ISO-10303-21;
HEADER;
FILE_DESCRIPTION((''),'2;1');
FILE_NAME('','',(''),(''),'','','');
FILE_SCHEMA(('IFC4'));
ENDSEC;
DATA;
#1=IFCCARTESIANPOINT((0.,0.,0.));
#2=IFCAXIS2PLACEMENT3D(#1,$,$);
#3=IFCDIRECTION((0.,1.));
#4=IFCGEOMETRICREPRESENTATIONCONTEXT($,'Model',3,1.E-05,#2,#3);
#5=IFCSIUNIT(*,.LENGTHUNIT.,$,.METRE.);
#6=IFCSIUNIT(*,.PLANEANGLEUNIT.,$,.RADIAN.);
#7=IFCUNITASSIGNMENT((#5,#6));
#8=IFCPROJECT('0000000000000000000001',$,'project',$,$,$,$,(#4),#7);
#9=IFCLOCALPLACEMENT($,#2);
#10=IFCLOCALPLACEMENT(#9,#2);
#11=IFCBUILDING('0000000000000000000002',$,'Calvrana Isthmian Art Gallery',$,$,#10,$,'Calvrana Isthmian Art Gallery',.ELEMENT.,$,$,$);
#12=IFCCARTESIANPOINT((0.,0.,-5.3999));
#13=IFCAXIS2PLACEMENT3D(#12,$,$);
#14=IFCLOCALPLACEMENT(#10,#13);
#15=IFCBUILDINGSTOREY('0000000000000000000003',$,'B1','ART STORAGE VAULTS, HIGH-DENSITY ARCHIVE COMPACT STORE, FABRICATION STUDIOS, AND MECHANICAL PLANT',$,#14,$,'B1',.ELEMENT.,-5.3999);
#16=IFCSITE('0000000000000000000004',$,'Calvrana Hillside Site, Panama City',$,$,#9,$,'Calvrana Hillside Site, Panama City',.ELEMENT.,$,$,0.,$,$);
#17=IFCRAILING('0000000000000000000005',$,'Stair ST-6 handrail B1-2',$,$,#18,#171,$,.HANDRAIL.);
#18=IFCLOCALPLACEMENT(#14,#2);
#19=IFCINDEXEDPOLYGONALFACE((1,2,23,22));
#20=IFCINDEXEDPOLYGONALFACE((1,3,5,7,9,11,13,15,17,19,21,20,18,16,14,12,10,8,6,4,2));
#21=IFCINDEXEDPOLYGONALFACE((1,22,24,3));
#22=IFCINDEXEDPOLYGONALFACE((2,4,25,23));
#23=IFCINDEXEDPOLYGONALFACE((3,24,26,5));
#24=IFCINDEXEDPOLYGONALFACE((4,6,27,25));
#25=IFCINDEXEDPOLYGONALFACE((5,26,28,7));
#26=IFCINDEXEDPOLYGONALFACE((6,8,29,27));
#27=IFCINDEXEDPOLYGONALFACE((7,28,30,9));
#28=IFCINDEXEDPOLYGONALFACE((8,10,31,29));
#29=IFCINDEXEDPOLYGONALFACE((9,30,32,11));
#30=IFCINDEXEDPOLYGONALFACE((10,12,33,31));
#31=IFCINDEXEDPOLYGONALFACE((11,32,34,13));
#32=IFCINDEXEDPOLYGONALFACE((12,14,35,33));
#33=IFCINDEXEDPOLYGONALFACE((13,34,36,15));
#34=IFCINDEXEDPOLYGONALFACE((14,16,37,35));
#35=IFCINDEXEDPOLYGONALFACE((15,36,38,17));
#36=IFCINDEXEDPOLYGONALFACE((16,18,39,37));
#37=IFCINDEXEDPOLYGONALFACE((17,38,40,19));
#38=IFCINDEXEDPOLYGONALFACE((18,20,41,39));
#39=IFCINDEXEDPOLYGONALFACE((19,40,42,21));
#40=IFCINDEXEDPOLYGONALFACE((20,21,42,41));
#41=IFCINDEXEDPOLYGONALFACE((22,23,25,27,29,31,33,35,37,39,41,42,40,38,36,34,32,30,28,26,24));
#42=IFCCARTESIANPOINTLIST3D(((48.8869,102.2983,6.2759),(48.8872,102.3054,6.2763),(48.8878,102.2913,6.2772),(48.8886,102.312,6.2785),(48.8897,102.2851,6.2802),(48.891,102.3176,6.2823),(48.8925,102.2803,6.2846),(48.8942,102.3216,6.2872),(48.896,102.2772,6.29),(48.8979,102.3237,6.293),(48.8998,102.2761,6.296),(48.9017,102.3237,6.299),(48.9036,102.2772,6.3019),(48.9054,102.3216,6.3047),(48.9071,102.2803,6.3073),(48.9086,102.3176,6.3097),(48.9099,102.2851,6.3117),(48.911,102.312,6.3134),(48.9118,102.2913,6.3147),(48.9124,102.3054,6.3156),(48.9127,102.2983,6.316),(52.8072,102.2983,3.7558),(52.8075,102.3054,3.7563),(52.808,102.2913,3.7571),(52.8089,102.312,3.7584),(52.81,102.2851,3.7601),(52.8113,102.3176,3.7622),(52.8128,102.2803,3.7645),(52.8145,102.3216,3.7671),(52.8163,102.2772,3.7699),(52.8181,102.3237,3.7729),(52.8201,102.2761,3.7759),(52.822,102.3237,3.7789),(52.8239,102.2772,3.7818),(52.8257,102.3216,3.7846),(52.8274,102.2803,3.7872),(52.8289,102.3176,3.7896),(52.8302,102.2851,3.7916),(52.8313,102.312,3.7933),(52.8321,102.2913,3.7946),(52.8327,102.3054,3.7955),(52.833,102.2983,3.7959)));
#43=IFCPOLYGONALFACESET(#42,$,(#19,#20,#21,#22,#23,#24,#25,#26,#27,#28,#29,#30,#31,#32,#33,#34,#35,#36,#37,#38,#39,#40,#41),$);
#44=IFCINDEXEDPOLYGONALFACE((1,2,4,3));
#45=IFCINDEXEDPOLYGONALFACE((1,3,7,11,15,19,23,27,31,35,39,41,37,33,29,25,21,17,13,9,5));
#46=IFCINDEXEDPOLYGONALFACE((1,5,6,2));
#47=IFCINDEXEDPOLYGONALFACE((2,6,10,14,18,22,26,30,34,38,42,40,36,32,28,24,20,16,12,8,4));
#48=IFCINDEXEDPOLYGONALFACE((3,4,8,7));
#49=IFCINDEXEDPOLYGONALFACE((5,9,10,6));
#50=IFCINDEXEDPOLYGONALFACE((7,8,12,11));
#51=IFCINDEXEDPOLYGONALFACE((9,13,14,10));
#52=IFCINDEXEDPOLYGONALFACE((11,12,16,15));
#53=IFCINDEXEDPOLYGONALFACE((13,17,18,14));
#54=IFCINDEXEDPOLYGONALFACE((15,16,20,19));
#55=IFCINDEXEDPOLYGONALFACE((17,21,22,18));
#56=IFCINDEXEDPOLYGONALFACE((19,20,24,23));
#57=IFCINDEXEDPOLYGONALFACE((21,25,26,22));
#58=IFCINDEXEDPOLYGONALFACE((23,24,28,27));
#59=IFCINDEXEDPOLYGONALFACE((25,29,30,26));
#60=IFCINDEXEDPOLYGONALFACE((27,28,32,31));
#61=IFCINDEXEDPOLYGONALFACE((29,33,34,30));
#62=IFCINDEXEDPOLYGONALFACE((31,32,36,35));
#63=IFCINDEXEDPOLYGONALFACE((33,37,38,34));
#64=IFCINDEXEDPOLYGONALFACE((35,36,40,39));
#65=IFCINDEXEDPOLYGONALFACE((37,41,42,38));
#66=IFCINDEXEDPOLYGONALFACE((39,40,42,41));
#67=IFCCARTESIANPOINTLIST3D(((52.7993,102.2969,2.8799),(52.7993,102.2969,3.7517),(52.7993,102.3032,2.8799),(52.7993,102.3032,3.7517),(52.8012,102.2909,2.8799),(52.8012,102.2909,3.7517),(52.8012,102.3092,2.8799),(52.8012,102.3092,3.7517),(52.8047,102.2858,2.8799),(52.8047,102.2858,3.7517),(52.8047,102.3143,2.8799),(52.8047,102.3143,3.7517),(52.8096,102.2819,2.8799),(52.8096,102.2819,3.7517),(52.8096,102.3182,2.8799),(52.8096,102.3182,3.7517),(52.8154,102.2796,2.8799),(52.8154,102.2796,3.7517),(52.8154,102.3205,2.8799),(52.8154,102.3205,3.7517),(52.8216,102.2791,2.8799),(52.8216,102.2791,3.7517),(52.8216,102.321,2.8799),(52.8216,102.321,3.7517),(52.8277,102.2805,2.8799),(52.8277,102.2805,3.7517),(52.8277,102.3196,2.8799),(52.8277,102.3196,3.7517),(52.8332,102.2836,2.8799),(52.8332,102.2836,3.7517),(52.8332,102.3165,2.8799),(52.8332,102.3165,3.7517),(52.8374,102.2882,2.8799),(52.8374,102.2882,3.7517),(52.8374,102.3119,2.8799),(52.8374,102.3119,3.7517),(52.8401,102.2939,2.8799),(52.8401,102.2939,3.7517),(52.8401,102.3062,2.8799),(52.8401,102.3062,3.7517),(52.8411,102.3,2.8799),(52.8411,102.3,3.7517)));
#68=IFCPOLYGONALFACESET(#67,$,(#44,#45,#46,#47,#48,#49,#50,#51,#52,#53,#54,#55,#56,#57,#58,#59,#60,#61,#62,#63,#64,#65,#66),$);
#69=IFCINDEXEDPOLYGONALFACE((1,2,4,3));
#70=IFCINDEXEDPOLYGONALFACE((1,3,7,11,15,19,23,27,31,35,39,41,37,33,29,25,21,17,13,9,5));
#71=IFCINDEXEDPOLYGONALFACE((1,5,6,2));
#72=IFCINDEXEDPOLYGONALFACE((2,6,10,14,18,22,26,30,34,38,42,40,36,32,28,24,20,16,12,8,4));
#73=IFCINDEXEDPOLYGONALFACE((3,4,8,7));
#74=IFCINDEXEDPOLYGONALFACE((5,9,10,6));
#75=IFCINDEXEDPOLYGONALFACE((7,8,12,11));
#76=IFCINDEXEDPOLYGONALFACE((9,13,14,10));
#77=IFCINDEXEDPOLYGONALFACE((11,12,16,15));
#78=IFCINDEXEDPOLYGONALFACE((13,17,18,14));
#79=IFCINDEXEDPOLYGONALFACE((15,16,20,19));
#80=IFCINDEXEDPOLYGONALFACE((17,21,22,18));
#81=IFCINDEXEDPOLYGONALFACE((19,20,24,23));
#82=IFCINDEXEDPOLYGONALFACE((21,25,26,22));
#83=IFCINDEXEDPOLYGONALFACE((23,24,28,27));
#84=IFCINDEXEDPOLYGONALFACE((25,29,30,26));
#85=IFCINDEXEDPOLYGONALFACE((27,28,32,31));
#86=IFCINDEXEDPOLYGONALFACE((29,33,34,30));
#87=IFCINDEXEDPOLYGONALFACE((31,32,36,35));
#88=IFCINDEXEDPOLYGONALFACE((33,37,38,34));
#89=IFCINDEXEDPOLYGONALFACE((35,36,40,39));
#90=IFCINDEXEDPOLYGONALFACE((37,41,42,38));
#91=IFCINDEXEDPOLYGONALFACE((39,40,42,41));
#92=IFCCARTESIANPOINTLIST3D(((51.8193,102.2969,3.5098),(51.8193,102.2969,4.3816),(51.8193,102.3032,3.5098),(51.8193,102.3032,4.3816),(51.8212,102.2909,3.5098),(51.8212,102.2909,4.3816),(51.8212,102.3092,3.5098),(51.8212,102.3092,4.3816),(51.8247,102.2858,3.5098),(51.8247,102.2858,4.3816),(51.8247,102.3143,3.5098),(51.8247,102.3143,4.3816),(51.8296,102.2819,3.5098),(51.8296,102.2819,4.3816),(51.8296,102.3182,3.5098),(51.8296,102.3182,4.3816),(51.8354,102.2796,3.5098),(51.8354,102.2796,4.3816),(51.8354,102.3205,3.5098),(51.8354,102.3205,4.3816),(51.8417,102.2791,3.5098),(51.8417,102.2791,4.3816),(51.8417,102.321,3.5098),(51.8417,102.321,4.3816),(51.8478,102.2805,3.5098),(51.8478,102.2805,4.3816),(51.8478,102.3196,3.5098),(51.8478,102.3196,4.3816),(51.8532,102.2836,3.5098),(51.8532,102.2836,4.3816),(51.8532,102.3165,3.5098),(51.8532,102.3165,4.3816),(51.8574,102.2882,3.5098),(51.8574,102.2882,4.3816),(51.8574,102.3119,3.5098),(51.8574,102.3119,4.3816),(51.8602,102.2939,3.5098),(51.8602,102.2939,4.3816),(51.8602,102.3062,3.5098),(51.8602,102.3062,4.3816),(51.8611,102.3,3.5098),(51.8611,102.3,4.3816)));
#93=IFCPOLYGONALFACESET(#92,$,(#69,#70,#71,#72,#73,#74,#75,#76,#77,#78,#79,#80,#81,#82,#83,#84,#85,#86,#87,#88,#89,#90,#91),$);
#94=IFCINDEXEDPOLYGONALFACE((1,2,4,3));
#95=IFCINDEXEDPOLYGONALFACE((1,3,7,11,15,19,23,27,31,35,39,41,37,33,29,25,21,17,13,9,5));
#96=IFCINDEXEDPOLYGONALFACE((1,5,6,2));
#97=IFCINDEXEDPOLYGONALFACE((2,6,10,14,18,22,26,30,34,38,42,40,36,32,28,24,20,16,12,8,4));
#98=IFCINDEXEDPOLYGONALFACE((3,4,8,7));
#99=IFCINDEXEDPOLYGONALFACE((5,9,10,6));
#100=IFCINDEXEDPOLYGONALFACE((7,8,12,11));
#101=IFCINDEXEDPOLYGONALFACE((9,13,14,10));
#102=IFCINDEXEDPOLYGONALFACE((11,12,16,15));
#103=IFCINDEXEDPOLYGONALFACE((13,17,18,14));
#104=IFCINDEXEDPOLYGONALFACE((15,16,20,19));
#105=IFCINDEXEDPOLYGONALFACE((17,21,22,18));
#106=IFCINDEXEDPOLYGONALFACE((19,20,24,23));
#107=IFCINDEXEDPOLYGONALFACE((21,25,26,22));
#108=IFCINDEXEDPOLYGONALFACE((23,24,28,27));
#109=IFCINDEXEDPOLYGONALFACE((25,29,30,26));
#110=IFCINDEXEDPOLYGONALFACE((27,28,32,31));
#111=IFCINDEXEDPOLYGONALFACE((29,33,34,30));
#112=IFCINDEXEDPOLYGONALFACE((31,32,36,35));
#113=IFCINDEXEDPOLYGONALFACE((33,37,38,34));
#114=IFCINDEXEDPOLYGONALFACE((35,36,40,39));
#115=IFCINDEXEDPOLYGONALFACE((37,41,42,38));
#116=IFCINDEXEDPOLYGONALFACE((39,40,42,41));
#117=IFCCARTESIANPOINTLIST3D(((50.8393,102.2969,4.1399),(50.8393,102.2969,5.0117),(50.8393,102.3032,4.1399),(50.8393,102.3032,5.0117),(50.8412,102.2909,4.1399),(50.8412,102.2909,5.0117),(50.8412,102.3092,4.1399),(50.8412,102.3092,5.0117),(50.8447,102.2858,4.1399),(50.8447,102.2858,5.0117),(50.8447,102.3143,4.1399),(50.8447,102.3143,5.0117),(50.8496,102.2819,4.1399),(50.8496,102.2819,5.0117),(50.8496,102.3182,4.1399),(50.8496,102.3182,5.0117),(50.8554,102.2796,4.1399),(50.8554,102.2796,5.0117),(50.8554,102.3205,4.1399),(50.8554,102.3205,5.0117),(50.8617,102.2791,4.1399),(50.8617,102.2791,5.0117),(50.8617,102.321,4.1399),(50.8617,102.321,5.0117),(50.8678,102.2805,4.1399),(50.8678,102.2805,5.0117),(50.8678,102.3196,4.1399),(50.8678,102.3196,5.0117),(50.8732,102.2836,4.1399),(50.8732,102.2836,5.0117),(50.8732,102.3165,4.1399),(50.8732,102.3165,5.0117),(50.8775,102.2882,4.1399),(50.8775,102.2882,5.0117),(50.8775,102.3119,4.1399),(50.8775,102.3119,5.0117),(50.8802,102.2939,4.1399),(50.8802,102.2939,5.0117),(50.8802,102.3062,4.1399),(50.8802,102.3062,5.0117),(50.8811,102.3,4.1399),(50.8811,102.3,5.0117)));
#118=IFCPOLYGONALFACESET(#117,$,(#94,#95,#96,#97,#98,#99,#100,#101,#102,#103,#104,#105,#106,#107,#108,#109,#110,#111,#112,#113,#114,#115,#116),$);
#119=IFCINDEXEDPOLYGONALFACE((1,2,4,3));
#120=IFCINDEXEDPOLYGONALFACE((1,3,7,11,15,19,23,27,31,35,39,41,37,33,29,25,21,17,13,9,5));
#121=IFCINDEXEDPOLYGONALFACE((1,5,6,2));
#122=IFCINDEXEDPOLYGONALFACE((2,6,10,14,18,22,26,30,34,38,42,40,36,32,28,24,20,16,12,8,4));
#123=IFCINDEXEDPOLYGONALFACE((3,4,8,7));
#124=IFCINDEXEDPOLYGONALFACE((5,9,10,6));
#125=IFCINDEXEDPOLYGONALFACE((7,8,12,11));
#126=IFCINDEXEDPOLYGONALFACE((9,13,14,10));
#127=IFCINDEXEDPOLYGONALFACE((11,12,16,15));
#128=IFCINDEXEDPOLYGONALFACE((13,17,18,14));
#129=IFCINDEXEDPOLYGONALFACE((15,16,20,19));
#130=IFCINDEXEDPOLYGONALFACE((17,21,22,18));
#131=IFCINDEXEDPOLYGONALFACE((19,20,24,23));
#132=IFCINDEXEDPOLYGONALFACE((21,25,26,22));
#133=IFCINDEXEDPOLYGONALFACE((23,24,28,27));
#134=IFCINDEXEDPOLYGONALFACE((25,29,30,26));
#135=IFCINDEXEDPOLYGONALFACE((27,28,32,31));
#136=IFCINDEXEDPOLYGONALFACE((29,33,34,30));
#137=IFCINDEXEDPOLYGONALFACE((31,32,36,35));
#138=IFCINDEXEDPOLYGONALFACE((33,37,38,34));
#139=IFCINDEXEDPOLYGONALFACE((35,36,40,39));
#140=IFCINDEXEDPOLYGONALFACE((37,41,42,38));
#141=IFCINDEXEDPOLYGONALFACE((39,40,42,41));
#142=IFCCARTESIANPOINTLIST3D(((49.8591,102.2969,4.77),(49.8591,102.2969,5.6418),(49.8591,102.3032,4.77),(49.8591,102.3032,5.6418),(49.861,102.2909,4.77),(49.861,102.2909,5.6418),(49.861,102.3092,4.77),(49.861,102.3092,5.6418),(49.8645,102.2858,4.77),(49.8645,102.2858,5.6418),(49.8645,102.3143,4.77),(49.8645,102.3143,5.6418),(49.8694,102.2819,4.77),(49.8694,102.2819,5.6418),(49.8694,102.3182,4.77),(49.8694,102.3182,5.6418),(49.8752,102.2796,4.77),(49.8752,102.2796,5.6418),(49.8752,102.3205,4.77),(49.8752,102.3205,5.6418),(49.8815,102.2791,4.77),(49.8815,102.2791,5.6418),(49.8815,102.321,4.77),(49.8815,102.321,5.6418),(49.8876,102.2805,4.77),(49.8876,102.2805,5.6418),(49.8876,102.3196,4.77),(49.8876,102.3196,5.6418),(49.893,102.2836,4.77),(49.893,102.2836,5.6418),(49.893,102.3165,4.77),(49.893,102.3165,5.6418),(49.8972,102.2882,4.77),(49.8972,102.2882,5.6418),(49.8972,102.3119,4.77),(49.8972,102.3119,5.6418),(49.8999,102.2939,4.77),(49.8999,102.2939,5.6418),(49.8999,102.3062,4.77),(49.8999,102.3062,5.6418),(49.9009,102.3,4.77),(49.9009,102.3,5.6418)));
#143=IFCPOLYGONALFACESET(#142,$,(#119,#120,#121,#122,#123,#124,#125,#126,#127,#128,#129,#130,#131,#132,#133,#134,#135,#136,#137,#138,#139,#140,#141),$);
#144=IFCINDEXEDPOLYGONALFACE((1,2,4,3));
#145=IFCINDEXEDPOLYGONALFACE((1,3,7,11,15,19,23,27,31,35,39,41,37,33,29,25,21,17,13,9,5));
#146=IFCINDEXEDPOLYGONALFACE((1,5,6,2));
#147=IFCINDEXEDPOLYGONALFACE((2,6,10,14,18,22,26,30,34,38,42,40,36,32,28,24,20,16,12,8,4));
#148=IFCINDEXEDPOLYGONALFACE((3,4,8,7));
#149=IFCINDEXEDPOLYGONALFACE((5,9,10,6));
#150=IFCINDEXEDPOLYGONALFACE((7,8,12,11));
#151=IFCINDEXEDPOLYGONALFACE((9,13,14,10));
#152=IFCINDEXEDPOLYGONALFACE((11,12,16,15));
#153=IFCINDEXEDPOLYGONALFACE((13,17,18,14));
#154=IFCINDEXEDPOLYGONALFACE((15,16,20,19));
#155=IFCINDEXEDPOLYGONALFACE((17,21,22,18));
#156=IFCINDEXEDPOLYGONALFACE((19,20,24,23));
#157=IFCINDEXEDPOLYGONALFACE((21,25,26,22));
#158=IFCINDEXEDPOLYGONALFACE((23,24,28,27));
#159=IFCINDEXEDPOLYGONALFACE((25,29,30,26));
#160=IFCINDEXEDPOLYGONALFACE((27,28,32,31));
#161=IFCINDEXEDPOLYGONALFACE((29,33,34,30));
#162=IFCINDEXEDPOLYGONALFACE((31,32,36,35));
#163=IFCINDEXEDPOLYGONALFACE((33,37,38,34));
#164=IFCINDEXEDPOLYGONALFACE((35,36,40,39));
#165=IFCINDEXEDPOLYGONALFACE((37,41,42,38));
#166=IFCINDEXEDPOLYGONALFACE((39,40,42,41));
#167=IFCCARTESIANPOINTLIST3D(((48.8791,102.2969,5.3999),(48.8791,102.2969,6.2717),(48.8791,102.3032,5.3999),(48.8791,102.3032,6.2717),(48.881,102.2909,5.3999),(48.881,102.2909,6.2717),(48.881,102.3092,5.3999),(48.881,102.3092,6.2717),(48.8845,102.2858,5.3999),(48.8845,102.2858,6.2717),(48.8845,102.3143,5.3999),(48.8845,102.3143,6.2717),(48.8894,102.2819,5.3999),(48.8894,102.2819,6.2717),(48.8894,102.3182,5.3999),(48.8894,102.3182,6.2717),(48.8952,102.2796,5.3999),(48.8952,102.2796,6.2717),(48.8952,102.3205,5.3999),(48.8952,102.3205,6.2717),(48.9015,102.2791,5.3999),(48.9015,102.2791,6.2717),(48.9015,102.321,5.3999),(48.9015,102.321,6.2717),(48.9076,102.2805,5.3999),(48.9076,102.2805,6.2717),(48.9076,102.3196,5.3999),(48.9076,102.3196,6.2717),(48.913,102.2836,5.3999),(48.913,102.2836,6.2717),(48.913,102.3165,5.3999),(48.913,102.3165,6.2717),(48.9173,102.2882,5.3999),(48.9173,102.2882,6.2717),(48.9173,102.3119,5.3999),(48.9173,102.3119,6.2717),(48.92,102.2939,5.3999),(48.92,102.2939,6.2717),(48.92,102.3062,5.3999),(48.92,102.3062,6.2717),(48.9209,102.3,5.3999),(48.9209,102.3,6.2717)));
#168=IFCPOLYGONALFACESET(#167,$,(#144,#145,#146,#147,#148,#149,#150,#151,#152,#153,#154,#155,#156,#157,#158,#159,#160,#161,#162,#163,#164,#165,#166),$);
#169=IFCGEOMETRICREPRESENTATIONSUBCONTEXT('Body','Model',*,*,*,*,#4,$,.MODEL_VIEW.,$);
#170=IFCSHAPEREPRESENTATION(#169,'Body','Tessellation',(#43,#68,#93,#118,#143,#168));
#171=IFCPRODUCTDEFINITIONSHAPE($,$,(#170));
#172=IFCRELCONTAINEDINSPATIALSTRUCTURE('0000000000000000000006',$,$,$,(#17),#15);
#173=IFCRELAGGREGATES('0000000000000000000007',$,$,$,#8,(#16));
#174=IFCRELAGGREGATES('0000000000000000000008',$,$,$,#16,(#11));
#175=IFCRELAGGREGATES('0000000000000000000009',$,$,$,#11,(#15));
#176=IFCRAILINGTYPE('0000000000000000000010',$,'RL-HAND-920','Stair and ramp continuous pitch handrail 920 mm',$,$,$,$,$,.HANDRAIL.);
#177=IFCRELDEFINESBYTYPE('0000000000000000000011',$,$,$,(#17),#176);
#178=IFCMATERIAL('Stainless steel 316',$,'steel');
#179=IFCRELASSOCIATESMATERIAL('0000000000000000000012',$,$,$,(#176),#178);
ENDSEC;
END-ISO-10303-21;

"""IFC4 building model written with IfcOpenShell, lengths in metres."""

from ifc_helpers import new_model, si_unit, direction, frame, origin, origin_2d, place, context, subcontext, project, spatial, circle, extrude, material, type_object, element, save


model = new_model("IFC4")

# Units and contexts
model_context = context("Model", 3, precision=1e-05, world=origin(), true_north=direction((0.0, 1.0)))
body_context = subcontext(model_context, "Body", "Model", "MODEL_VIEW")
ifc_project = project(units=[si_unit("LENGTHUNIT", "METRE"), si_unit("PLANEANGLEUNIT", "RADIAN")], contexts=[model_context])

# Site, building, storey
site_placement = place(None, origin())
site = spatial("IfcSite", under=ifc_project, at=site_placement, Name="Calvrana Hillside Site, Panama City", LongName="Calvrana Hillside Site, Panama City", CompositionType="ELEMENT", RefElevation=0.0)
building_placement = place(site_placement, origin())
building = spatial("IfcBuilding", under=site, at=building_placement, Name="Calvrana Isthmian Art Gallery", LongName="Calvrana Isthmian Art Gallery", CompositionType="ELEMENT")
storey_placement = place(building_placement, frame((0.0, 0.0, -5.3999)))
storey = spatial("IfcBuildingStorey", under=building, at=storey_placement, Name="B1", Description="ART STORAGE VAULTS, HIGH-DENSITY ARCHIVE COMPACT STORE, FABRICATION STUDIOS, AND MECHANICAL PLANT", LongName="B1", CompositionType="ELEMENT", Elevation=-5.3999)

# Railing
ifc_material_1 = material(Name="Stainless steel 316", Category="steel")
railing_type_1 = type_object("IfcRailingType", Name="RL-HAND-920", Description="Stair and ramp continuous pitch handrail 920 mm", PredefinedType="HANDRAIL", material=ifc_material_1)
railing_1_placement = place(storey_placement, frame((52.8201, 102.3, 2.8799)))
element("IfcRailing", 1, at=railing_1_placement, inside=storey, type_object=railing_type_1, Name="Stair ST-6 handrail B1-2", PredefinedType="HANDRAIL", context=body_context, shape_type="SweptSolid", body=[
    extrude(circle(Radius=0.0239, at=origin_2d()), frame((0.0, 0.0, 0.896), z_axis=(-0.841187, 0.0, 0.540744), x_axis=(0.0, -1.0, 0.0)), (0.0, 0.0, 1.0), 4.6604),
    extrude(circle(Radius=0.021, at=origin_2d()), origin(), (0.0, 0.0, 1.0), 0.8718),
    extrude(circle(Radius=0.021, at=origin_2d()), frame((-0.98, 0.0, 0.6299)), (0.0, 0.0, 1.0), 0.8718),
    extrude(circle(Radius=0.021, at=origin_2d()), frame((-1.96, 0.0, 1.26)), (0.0, 0.0, 1.0), 0.8718),
    extrude(circle(Radius=0.021, at=origin_2d()), frame((-2.9402, 0.0, 1.8901)), (0.0, 0.0, 1.0), 0.8718),
    extrude(circle(Radius=0.021, at=origin_2d()), frame((-3.9202, 0.0, 2.52)), (0.0, 0.0, 1.0), 0.8718),
])

save(model, "model.ifc")
